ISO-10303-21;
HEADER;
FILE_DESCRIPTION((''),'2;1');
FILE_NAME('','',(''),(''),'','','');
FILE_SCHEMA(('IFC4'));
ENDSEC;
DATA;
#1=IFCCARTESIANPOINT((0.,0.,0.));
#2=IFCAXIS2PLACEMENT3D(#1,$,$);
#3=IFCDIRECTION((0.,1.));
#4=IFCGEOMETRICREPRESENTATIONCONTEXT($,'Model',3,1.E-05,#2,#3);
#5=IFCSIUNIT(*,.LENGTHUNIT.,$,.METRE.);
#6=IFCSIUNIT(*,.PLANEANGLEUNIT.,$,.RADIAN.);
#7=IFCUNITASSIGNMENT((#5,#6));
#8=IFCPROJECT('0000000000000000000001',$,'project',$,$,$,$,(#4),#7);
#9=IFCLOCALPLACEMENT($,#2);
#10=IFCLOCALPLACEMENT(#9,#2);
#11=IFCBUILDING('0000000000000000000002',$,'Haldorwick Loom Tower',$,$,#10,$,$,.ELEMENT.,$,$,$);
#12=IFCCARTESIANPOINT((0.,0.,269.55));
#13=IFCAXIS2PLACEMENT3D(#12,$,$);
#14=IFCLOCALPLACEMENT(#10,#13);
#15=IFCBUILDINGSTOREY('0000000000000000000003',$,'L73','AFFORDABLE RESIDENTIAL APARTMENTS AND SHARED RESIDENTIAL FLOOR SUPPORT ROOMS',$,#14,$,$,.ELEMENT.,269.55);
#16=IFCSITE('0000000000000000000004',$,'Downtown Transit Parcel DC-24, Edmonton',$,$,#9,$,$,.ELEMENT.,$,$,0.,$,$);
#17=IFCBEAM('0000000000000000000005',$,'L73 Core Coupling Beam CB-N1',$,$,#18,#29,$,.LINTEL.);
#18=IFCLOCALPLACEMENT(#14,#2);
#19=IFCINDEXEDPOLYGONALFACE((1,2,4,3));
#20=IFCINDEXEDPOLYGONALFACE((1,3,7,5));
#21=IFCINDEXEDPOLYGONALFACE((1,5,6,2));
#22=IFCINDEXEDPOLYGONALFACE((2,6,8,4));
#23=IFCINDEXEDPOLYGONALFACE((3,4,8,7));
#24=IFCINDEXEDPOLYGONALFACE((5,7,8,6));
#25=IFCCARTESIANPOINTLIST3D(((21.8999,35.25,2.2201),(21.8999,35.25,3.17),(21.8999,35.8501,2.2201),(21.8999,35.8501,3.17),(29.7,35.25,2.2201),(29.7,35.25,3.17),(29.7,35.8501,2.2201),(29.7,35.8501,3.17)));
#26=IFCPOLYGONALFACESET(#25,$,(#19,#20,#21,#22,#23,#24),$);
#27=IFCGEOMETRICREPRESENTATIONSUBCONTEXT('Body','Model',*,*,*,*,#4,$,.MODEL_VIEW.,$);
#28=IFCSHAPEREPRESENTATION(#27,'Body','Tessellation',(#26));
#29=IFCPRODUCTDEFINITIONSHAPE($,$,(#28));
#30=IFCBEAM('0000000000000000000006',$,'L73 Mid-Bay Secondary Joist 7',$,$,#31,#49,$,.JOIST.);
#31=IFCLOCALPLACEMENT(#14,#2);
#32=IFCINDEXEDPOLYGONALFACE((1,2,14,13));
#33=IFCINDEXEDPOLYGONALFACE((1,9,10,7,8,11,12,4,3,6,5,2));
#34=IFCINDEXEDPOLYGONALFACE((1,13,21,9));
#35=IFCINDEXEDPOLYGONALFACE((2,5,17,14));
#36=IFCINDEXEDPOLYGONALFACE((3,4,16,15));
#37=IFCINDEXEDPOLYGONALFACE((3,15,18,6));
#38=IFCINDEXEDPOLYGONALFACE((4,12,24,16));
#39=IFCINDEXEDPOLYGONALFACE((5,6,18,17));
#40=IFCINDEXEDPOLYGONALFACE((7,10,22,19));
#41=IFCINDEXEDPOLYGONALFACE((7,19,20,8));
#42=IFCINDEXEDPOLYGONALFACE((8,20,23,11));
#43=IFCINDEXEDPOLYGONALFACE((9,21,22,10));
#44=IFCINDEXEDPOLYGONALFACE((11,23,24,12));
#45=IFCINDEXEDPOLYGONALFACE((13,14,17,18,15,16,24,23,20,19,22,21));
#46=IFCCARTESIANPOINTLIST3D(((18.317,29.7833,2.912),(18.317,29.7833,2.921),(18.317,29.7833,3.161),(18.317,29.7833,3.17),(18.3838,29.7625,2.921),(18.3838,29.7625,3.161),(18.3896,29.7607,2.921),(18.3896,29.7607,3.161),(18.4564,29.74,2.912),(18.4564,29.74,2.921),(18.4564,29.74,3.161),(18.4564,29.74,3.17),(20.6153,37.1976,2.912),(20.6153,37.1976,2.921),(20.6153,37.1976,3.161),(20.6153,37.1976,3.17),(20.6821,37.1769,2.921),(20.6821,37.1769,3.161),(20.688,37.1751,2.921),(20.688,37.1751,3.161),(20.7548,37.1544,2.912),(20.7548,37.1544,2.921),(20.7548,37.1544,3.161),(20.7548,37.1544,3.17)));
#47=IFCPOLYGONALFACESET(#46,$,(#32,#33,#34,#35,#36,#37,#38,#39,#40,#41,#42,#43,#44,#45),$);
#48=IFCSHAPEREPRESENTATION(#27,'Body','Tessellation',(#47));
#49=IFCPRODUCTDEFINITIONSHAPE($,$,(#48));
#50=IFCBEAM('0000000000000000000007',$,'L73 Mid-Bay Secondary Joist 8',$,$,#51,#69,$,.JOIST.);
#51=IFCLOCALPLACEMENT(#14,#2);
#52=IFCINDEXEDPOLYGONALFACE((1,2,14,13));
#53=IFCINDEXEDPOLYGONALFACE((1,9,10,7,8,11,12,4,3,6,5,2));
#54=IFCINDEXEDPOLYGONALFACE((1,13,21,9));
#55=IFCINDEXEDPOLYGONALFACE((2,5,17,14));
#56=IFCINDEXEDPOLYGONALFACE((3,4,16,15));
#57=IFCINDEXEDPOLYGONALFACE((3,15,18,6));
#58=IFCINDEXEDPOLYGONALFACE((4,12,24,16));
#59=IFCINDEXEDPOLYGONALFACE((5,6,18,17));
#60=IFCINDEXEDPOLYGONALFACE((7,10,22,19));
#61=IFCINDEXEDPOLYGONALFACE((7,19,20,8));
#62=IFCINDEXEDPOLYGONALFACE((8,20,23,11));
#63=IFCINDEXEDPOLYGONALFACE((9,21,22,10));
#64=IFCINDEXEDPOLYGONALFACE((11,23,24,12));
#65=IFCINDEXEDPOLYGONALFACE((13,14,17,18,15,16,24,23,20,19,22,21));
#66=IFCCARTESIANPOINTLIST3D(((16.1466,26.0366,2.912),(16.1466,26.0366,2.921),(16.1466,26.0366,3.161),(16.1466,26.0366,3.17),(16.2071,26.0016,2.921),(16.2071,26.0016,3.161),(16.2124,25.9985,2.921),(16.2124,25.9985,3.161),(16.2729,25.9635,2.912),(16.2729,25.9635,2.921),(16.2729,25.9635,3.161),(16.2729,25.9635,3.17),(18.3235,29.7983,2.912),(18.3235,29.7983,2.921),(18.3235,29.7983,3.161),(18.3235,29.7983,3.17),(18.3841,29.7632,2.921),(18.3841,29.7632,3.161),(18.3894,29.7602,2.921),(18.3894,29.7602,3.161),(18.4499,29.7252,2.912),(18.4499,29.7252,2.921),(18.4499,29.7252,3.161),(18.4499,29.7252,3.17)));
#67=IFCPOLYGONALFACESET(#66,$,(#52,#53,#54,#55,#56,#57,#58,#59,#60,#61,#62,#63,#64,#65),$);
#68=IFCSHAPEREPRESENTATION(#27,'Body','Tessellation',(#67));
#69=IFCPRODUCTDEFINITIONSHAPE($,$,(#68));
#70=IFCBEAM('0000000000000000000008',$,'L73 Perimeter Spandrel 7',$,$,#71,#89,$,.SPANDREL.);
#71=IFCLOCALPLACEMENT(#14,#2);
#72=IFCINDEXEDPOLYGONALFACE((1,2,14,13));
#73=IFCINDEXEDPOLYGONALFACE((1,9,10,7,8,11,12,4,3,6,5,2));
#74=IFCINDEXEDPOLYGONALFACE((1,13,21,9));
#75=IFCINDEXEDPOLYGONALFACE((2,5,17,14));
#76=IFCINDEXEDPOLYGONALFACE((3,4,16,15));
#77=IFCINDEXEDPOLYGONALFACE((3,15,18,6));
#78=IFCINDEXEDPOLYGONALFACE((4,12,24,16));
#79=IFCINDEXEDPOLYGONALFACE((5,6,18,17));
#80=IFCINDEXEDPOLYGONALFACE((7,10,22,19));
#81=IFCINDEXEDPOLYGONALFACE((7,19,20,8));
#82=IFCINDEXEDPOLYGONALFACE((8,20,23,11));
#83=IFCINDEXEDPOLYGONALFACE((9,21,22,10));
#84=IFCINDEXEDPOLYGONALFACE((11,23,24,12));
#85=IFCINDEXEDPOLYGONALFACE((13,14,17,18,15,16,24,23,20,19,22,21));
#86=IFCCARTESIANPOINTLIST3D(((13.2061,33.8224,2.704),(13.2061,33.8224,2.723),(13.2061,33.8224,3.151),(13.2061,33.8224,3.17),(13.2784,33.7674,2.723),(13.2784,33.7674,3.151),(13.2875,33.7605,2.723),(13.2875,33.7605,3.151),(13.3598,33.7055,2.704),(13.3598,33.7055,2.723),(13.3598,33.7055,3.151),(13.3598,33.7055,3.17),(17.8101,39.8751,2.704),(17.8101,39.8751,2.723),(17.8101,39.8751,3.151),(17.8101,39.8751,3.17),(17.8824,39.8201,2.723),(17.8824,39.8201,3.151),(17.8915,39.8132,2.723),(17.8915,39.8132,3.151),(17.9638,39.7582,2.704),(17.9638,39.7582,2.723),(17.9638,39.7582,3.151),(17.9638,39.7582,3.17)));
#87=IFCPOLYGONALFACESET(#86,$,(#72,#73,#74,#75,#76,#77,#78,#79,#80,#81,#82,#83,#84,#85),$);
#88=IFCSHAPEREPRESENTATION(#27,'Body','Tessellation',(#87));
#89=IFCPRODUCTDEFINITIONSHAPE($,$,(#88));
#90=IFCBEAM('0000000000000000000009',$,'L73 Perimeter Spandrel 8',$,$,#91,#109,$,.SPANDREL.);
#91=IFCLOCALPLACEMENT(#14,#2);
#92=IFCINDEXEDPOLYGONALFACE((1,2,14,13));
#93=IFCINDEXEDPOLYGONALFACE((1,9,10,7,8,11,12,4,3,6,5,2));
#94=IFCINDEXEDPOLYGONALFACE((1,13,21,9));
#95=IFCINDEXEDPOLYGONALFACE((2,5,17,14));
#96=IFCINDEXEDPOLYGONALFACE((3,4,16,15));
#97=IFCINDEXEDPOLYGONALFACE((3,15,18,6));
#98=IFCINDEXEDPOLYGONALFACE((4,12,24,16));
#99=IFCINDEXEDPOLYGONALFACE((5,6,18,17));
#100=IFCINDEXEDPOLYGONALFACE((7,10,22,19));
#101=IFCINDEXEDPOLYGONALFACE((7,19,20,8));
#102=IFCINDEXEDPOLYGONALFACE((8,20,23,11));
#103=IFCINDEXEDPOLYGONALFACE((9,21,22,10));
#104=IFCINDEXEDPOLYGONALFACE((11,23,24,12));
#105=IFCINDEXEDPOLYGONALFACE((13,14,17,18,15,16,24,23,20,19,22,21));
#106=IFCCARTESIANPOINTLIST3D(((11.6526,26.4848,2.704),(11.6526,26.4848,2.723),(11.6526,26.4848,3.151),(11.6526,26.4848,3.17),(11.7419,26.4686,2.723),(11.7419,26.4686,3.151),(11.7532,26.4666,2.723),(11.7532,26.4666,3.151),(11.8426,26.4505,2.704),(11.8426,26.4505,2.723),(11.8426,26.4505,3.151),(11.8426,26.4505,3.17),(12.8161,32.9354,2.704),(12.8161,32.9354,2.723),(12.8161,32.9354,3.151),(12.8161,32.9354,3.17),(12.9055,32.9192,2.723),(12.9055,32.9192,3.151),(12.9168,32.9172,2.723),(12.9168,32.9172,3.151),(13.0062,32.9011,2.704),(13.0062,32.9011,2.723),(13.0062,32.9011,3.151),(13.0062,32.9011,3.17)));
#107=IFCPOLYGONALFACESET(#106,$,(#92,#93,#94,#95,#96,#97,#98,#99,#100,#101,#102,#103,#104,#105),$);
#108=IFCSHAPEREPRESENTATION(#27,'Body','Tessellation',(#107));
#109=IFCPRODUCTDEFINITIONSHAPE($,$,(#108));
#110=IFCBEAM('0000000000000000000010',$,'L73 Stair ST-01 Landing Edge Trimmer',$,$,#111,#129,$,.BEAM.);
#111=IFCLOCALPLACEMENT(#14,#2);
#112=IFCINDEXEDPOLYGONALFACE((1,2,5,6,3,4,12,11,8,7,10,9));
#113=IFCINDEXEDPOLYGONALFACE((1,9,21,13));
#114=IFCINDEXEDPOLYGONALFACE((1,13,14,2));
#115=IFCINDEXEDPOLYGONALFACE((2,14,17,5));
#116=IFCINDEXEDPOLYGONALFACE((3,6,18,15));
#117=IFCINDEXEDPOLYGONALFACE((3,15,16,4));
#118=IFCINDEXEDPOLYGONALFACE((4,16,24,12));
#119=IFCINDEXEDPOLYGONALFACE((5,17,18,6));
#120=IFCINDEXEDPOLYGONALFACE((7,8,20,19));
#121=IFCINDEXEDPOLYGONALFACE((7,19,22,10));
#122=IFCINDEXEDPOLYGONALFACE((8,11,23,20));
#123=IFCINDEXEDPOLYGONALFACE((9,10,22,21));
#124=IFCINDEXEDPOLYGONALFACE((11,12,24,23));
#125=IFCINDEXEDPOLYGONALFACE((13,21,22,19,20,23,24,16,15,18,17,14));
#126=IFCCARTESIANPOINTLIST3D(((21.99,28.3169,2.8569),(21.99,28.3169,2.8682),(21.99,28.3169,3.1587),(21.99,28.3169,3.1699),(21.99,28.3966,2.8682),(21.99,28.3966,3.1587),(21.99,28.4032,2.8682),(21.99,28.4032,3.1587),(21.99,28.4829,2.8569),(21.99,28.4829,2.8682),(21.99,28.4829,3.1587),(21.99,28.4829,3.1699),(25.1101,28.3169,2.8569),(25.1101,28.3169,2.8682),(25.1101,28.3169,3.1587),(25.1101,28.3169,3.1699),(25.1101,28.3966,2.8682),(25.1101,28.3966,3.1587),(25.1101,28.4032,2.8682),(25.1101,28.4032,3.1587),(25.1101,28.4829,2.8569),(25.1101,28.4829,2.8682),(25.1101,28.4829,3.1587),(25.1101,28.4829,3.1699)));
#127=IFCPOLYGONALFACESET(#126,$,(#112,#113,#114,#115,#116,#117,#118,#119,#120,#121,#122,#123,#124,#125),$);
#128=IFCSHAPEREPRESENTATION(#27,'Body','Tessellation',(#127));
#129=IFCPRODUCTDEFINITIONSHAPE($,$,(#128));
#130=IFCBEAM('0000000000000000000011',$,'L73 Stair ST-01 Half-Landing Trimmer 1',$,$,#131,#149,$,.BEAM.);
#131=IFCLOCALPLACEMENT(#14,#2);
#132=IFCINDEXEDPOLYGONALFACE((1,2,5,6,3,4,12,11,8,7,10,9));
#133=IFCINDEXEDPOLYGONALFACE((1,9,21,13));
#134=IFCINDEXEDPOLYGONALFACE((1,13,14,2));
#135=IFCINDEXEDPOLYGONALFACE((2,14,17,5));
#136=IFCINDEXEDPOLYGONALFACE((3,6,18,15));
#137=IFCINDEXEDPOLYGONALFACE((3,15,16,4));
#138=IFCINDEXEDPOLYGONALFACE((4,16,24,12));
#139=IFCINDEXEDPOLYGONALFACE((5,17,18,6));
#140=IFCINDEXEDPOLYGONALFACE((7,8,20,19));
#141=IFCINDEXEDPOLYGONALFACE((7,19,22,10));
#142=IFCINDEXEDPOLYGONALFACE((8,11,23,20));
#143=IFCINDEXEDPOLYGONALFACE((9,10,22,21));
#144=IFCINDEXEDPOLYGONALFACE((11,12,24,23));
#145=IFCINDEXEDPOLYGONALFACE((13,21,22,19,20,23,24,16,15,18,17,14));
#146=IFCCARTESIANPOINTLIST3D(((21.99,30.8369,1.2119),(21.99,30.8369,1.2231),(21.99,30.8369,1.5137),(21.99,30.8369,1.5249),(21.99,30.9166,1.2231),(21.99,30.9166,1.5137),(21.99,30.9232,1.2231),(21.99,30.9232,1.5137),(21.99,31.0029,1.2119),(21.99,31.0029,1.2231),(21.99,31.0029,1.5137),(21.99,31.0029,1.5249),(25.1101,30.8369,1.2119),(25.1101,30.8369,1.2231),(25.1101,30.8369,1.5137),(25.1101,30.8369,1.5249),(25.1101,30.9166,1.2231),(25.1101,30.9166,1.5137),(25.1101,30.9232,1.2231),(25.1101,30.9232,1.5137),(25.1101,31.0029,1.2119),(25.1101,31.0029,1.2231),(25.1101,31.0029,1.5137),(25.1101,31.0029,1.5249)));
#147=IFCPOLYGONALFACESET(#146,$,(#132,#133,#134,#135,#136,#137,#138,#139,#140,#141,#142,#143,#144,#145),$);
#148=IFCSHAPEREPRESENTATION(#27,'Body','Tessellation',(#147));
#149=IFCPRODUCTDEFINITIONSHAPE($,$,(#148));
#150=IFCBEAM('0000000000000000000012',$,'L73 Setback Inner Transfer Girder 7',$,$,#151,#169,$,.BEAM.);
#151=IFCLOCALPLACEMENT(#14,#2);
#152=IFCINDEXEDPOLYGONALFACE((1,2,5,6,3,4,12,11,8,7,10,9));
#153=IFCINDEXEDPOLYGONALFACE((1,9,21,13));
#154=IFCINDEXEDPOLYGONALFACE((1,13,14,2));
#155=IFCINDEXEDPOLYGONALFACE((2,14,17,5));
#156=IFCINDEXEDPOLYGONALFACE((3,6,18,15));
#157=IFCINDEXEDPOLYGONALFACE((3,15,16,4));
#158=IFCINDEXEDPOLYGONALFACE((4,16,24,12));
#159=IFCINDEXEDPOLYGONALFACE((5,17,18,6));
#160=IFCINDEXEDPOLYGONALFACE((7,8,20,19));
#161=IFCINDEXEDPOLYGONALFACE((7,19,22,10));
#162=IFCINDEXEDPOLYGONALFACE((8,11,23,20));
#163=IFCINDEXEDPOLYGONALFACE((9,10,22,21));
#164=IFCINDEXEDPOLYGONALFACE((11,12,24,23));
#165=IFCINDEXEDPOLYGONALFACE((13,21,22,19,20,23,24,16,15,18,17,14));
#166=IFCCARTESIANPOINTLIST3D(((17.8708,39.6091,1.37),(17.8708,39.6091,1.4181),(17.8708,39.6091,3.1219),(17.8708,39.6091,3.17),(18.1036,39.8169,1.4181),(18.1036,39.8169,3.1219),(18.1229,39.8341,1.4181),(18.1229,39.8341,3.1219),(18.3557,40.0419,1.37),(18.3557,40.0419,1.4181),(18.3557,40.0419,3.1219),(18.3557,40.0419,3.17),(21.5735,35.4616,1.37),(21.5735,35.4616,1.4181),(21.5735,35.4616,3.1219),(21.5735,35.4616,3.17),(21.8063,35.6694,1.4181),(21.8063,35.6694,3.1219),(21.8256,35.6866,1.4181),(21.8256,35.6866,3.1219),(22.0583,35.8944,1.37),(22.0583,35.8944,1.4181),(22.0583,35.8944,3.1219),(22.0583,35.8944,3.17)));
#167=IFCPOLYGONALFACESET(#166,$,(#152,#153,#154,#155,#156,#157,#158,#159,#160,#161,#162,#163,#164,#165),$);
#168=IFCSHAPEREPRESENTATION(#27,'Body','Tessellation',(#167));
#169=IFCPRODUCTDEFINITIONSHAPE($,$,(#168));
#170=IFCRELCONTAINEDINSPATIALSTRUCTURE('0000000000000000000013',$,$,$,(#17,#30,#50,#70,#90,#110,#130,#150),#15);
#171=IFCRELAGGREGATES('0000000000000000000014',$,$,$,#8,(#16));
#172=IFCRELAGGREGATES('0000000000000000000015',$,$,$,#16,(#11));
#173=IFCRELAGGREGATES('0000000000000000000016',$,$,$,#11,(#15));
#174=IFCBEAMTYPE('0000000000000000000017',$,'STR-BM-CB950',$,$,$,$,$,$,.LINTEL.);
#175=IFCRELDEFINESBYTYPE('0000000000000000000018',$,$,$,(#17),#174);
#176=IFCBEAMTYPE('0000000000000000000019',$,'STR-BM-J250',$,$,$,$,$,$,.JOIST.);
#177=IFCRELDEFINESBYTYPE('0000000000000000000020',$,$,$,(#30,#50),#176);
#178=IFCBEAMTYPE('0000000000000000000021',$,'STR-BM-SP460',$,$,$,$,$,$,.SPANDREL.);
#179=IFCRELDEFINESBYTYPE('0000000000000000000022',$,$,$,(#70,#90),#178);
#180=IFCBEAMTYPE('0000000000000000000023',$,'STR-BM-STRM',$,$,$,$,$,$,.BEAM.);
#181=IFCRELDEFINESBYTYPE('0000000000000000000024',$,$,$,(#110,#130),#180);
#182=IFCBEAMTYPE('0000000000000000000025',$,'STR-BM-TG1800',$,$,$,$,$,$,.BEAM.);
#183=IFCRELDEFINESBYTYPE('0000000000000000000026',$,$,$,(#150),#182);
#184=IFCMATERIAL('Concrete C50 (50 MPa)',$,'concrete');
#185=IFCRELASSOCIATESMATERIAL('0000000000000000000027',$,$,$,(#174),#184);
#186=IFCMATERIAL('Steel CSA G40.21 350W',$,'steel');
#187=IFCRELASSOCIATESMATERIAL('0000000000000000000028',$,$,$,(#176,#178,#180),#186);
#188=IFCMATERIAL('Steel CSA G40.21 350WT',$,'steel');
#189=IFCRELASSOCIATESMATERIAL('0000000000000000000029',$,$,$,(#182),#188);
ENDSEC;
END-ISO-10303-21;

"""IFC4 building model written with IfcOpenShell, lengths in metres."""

from ifc_helpers import new_model, si_unit, direction, frame, origin, origin_2d, place, context, subcontext, project, spatial, rectangle, i_section, extrude, material, material_profile, profile_set, type_object, element, save


model = new_model("IFC4")

# Units and contexts
model_context = context("Model", 3, precision=1e-05, world=origin(), true_north=direction((0.0, 1.0)))
body_context = subcontext(model_context, "Body", "Model", "MODEL_VIEW")
ifc_project = project(units=[si_unit("LENGTHUNIT", "METRE"), si_unit("PLANEANGLEUNIT", "RADIAN")], contexts=[model_context])

# Site, building, storey
site_placement = place(None, origin())
site = spatial("IfcSite", under=ifc_project, at=site_placement, Name="Downtown Transit Parcel DC-24, Edmonton", CompositionType="ELEMENT", RefElevation=0.0)
building_placement = place(site_placement, origin())
building = spatial("IfcBuilding", under=site, at=building_placement, Name="Haldorwick Loom Tower", CompositionType="ELEMENT")
storey_placement = place(building_placement, frame((0.0, 0.0, 269.55)))
storey = spatial("IfcBuildingStorey", under=building, at=storey_placement, Name="L73", Description="AFFORDABLE RESIDENTIAL APARTMENTS AND SHARED RESIDENTIAL FLOOR SUPPORT ROOMS", CompositionType="ELEMENT", Elevation=269.55)

# Shared definitions
ifc_material_1 = material(Name="Steel CSA G40.21 350W", Category="steel")

# Beams
ifc_material_2 = material(Name="Concrete C50 (50 MPa)", Category="concrete")
ifc_material_profile_1 = material_profile(ifc_material_2, rectangle(XDim=0.6001, YDim=0.95, at=origin_2d()), Name="RC600X950", Category="concrete")
ifc_profile_set_1 = profile_set([ifc_material_profile_1], Name="Concrete C50 (50 MPa)")
beam_type_1 = type_object("IfcBeamType", Name="STR-BM-CB950", PredefinedType="LINTEL", material=ifc_profile_set_1)
beam_1_placement = place(storey_placement, frame((21.8999, 35.55, 2.6951), z_axis=(1.0, 0.0, 0.0), x_axis=(0.0, 1.0, 0.0)))
element("IfcBeam", 1, at=beam_1_placement, inside=storey, type_object=beam_type_1, Name="L73 Core Coupling Beam CB-N1", PredefinedType="LINTEL", context=body_context, shape_type="SweptSolid", body=[
    extrude(rectangle(XDim=0.6001, YDim=0.95, at=origin_2d()), origin(), (0.0, 0.0, 1.0), 7.8),
])
ifc_material_profile_2 = material_profile(ifc_material_1, i_section(OverallWidth=0.146, OverallDepth=0.2581, WebThickness=0.0061, FlangeThickness=0.009, at=origin_2d()), Name="W250X33", Category="steel")
ifc_profile_set_2 = profile_set([ifc_material_profile_2], Name="Steel CSA G40.21 350W")
beam_type_2 = type_object("IfcBeamType", Name="STR-BM-J250", PredefinedType="JOIST", material=ifc_profile_set_2)
beam_2_placement = place(storey_placement, frame((20.6851, 37.176, 3.041), z_axis=(-0.296088, -0.955161, 0.0), x_axis=(0.955161, -0.296088, 0.0)))
element("IfcBeam", 2, at=beam_2_placement, inside=storey, type_object=beam_type_2, Name="L73 Mid-Bay Secondary Joist 7", PredefinedType="JOIST", context=body_context, shape_type="SweptSolid", body=[
    extrude(i_section(OverallWidth=0.146, OverallDepth=0.2581, WebThickness=0.0061, FlangeThickness=0.009, at=origin_2d()), origin(), (0.0, 0.0, 1.0), 7.7625),
])
beam_3_placement = place(storey_placement, frame((18.3867, 29.7617, 3.041), z_axis=(-0.500892, -0.86551, 0.0), x_axis=(0.86551, -0.500892, 0.0)))
element("IfcBeam", 3, at=beam_3_placement, inside=storey, type_object=beam_type_2, Name="L73 Mid-Bay Secondary Joist 8", PredefinedType="JOIST", context=body_context, shape_type="SweptSolid", body=[
    extrude(i_section(OverallWidth=0.146, OverallDepth=0.2581, WebThickness=0.0061, FlangeThickness=0.009, at=origin_2d()), origin(), (0.0, 0.0, 1.0), 4.3462),
])
ifc_material_profile_3 = material_profile(ifc_material_1, i_section(OverallWidth=0.1931, OverallDepth=0.4661, WebThickness=0.0115, FlangeThickness=0.019, at=origin_2d()), Name="W460X97", Category="steel")
ifc_profile_set_3 = profile_set([ifc_material_profile_3], Name="Steel CSA G40.21 350W")
beam_type_3 = type_object("IfcBeamType", Name="STR-BM-SP460", PredefinedType="SPANDREL", material=ifc_profile_set_3)
beam_4_placement = place(storey_placement, frame((17.887, 39.8167, 2.937), z_axis=(-0.60541, -0.795913, 0.0), x_axis=(0.795913, -0.60541, 0.0)))
element("IfcBeam", 4, at=beam_4_placement, inside=storey, type_object=beam_type_3, Name="L73 Perimeter Spandrel 7", PredefinedType="SPANDREL", context=body_context, shape_type="SweptSolid", body=[
    extrude(i_section(OverallWidth=0.1931, OverallDepth=0.4661, WebThickness=0.0115, FlangeThickness=0.019, at=origin_2d()), origin(), (0.0, 0.0, 1.0), 7.6047),
])
beam_5_placement = place(storey_placement, frame((12.9111, 32.9182, 2.937), z_axis=(-0.177515, -0.984118, 0.0), x_axis=(0.984118, -0.177515, 0.0)))
element("IfcBeam", 5, at=beam_5_placement, inside=storey, type_object=beam_type_3, Name="L73 Perimeter Spandrel 8", PredefinedType="SPANDREL", context=body_context, shape_type="SweptSolid", body=[
    extrude(i_section(OverallWidth=0.1931, OverallDepth=0.4661, WebThickness=0.0115, FlangeThickness=0.019, at=origin_2d()), origin(), (0.0, 0.0, 1.0), 6.5547),
])
ifc_material_profile_4 = material_profile(ifc_material_1, i_section(OverallWidth=0.166, OverallDepth=0.313, WebThickness=0.0066, FlangeThickness=0.0112, at=origin_2d()), Name="W310X45", Category="steel")
ifc_profile_set_4 = profile_set([ifc_material_profile_4], Name="Steel CSA G40.21 350W")
beam_type_4 = type_object("IfcBeamType", Name="STR-BM-STRM", PredefinedType="BEAM", material=ifc_profile_set_4)
for number, where, z_axis, x_axis, name in (
    (6, (21.99, 28.3999, 3.0134), (1.0, 0.0, 0.0), (0.0, 1.0, 0.0), "L73 Stair ST-01 Landing Edge Trimmer"),
    (7, (21.99, 30.9199, 1.3684), (1.0, 0.0, 0.0), (0.0, 1.0, 0.0), "L73 Stair ST-01 Half-Landing Trimmer 1"),
):
    element("IfcBeam", number, at=place(storey_placement, frame(where, z_axis=z_axis, x_axis=x_axis)), inside=storey, type_object=beam_type_4, Name=name, PredefinedType="BEAM", context=body_context, shape_type="SweptSolid", body=[
        extrude(i_section(OverallWidth=0.166, OverallDepth=0.313, WebThickness=0.0066, FlangeThickness=0.0112, at=origin_2d()), origin(), (0.0, 0.0, 1.0), 3.1201),
    ])
ifc_material_3 = material(Name="Steel CSA G40.21 350WT", Category="steel")
ifc_material_profile_5 = material_profile(ifc_material_3, i_section(OverallWidth=0.6499, OverallDepth=1.8, WebThickness=0.0259, FlangeThickness=0.0481, at=origin_2d()), Name="WWF1800X650", Category="steel")
ifc_profile_set_5 = profile_set([ifc_material_profile_5], Name="Steel CSA G40.21 350WT")
beam_type_5 = type_object("IfcBeamType", Name="STR-BM-TG1800", PredefinedType="BEAM", material=ifc_profile_set_5)
beam_6_placement = place(storey_placement, frame((21.8159, 35.678, 2.27), z_axis=(-0.66597, 0.745978, 0.0), x_axis=(-0.745978, -0.66597, 0.0)))
element("IfcBeam", 8, at=beam_6_placement, inside=storey, type_object=beam_type_5, Name="L73 Setback Inner Transfer Girder 7", PredefinedType="BEAM", context=body_context, shape_type="SweptSolid", body=[
    extrude(i_section(OverallWidth=0.6499, OverallDepth=1.8, WebThickness=0.0259, FlangeThickness=0.0481, at=origin_2d()), origin(), (0.0, 0.0, 1.0), 5.5598),
])

save(model, "model.ifc")
